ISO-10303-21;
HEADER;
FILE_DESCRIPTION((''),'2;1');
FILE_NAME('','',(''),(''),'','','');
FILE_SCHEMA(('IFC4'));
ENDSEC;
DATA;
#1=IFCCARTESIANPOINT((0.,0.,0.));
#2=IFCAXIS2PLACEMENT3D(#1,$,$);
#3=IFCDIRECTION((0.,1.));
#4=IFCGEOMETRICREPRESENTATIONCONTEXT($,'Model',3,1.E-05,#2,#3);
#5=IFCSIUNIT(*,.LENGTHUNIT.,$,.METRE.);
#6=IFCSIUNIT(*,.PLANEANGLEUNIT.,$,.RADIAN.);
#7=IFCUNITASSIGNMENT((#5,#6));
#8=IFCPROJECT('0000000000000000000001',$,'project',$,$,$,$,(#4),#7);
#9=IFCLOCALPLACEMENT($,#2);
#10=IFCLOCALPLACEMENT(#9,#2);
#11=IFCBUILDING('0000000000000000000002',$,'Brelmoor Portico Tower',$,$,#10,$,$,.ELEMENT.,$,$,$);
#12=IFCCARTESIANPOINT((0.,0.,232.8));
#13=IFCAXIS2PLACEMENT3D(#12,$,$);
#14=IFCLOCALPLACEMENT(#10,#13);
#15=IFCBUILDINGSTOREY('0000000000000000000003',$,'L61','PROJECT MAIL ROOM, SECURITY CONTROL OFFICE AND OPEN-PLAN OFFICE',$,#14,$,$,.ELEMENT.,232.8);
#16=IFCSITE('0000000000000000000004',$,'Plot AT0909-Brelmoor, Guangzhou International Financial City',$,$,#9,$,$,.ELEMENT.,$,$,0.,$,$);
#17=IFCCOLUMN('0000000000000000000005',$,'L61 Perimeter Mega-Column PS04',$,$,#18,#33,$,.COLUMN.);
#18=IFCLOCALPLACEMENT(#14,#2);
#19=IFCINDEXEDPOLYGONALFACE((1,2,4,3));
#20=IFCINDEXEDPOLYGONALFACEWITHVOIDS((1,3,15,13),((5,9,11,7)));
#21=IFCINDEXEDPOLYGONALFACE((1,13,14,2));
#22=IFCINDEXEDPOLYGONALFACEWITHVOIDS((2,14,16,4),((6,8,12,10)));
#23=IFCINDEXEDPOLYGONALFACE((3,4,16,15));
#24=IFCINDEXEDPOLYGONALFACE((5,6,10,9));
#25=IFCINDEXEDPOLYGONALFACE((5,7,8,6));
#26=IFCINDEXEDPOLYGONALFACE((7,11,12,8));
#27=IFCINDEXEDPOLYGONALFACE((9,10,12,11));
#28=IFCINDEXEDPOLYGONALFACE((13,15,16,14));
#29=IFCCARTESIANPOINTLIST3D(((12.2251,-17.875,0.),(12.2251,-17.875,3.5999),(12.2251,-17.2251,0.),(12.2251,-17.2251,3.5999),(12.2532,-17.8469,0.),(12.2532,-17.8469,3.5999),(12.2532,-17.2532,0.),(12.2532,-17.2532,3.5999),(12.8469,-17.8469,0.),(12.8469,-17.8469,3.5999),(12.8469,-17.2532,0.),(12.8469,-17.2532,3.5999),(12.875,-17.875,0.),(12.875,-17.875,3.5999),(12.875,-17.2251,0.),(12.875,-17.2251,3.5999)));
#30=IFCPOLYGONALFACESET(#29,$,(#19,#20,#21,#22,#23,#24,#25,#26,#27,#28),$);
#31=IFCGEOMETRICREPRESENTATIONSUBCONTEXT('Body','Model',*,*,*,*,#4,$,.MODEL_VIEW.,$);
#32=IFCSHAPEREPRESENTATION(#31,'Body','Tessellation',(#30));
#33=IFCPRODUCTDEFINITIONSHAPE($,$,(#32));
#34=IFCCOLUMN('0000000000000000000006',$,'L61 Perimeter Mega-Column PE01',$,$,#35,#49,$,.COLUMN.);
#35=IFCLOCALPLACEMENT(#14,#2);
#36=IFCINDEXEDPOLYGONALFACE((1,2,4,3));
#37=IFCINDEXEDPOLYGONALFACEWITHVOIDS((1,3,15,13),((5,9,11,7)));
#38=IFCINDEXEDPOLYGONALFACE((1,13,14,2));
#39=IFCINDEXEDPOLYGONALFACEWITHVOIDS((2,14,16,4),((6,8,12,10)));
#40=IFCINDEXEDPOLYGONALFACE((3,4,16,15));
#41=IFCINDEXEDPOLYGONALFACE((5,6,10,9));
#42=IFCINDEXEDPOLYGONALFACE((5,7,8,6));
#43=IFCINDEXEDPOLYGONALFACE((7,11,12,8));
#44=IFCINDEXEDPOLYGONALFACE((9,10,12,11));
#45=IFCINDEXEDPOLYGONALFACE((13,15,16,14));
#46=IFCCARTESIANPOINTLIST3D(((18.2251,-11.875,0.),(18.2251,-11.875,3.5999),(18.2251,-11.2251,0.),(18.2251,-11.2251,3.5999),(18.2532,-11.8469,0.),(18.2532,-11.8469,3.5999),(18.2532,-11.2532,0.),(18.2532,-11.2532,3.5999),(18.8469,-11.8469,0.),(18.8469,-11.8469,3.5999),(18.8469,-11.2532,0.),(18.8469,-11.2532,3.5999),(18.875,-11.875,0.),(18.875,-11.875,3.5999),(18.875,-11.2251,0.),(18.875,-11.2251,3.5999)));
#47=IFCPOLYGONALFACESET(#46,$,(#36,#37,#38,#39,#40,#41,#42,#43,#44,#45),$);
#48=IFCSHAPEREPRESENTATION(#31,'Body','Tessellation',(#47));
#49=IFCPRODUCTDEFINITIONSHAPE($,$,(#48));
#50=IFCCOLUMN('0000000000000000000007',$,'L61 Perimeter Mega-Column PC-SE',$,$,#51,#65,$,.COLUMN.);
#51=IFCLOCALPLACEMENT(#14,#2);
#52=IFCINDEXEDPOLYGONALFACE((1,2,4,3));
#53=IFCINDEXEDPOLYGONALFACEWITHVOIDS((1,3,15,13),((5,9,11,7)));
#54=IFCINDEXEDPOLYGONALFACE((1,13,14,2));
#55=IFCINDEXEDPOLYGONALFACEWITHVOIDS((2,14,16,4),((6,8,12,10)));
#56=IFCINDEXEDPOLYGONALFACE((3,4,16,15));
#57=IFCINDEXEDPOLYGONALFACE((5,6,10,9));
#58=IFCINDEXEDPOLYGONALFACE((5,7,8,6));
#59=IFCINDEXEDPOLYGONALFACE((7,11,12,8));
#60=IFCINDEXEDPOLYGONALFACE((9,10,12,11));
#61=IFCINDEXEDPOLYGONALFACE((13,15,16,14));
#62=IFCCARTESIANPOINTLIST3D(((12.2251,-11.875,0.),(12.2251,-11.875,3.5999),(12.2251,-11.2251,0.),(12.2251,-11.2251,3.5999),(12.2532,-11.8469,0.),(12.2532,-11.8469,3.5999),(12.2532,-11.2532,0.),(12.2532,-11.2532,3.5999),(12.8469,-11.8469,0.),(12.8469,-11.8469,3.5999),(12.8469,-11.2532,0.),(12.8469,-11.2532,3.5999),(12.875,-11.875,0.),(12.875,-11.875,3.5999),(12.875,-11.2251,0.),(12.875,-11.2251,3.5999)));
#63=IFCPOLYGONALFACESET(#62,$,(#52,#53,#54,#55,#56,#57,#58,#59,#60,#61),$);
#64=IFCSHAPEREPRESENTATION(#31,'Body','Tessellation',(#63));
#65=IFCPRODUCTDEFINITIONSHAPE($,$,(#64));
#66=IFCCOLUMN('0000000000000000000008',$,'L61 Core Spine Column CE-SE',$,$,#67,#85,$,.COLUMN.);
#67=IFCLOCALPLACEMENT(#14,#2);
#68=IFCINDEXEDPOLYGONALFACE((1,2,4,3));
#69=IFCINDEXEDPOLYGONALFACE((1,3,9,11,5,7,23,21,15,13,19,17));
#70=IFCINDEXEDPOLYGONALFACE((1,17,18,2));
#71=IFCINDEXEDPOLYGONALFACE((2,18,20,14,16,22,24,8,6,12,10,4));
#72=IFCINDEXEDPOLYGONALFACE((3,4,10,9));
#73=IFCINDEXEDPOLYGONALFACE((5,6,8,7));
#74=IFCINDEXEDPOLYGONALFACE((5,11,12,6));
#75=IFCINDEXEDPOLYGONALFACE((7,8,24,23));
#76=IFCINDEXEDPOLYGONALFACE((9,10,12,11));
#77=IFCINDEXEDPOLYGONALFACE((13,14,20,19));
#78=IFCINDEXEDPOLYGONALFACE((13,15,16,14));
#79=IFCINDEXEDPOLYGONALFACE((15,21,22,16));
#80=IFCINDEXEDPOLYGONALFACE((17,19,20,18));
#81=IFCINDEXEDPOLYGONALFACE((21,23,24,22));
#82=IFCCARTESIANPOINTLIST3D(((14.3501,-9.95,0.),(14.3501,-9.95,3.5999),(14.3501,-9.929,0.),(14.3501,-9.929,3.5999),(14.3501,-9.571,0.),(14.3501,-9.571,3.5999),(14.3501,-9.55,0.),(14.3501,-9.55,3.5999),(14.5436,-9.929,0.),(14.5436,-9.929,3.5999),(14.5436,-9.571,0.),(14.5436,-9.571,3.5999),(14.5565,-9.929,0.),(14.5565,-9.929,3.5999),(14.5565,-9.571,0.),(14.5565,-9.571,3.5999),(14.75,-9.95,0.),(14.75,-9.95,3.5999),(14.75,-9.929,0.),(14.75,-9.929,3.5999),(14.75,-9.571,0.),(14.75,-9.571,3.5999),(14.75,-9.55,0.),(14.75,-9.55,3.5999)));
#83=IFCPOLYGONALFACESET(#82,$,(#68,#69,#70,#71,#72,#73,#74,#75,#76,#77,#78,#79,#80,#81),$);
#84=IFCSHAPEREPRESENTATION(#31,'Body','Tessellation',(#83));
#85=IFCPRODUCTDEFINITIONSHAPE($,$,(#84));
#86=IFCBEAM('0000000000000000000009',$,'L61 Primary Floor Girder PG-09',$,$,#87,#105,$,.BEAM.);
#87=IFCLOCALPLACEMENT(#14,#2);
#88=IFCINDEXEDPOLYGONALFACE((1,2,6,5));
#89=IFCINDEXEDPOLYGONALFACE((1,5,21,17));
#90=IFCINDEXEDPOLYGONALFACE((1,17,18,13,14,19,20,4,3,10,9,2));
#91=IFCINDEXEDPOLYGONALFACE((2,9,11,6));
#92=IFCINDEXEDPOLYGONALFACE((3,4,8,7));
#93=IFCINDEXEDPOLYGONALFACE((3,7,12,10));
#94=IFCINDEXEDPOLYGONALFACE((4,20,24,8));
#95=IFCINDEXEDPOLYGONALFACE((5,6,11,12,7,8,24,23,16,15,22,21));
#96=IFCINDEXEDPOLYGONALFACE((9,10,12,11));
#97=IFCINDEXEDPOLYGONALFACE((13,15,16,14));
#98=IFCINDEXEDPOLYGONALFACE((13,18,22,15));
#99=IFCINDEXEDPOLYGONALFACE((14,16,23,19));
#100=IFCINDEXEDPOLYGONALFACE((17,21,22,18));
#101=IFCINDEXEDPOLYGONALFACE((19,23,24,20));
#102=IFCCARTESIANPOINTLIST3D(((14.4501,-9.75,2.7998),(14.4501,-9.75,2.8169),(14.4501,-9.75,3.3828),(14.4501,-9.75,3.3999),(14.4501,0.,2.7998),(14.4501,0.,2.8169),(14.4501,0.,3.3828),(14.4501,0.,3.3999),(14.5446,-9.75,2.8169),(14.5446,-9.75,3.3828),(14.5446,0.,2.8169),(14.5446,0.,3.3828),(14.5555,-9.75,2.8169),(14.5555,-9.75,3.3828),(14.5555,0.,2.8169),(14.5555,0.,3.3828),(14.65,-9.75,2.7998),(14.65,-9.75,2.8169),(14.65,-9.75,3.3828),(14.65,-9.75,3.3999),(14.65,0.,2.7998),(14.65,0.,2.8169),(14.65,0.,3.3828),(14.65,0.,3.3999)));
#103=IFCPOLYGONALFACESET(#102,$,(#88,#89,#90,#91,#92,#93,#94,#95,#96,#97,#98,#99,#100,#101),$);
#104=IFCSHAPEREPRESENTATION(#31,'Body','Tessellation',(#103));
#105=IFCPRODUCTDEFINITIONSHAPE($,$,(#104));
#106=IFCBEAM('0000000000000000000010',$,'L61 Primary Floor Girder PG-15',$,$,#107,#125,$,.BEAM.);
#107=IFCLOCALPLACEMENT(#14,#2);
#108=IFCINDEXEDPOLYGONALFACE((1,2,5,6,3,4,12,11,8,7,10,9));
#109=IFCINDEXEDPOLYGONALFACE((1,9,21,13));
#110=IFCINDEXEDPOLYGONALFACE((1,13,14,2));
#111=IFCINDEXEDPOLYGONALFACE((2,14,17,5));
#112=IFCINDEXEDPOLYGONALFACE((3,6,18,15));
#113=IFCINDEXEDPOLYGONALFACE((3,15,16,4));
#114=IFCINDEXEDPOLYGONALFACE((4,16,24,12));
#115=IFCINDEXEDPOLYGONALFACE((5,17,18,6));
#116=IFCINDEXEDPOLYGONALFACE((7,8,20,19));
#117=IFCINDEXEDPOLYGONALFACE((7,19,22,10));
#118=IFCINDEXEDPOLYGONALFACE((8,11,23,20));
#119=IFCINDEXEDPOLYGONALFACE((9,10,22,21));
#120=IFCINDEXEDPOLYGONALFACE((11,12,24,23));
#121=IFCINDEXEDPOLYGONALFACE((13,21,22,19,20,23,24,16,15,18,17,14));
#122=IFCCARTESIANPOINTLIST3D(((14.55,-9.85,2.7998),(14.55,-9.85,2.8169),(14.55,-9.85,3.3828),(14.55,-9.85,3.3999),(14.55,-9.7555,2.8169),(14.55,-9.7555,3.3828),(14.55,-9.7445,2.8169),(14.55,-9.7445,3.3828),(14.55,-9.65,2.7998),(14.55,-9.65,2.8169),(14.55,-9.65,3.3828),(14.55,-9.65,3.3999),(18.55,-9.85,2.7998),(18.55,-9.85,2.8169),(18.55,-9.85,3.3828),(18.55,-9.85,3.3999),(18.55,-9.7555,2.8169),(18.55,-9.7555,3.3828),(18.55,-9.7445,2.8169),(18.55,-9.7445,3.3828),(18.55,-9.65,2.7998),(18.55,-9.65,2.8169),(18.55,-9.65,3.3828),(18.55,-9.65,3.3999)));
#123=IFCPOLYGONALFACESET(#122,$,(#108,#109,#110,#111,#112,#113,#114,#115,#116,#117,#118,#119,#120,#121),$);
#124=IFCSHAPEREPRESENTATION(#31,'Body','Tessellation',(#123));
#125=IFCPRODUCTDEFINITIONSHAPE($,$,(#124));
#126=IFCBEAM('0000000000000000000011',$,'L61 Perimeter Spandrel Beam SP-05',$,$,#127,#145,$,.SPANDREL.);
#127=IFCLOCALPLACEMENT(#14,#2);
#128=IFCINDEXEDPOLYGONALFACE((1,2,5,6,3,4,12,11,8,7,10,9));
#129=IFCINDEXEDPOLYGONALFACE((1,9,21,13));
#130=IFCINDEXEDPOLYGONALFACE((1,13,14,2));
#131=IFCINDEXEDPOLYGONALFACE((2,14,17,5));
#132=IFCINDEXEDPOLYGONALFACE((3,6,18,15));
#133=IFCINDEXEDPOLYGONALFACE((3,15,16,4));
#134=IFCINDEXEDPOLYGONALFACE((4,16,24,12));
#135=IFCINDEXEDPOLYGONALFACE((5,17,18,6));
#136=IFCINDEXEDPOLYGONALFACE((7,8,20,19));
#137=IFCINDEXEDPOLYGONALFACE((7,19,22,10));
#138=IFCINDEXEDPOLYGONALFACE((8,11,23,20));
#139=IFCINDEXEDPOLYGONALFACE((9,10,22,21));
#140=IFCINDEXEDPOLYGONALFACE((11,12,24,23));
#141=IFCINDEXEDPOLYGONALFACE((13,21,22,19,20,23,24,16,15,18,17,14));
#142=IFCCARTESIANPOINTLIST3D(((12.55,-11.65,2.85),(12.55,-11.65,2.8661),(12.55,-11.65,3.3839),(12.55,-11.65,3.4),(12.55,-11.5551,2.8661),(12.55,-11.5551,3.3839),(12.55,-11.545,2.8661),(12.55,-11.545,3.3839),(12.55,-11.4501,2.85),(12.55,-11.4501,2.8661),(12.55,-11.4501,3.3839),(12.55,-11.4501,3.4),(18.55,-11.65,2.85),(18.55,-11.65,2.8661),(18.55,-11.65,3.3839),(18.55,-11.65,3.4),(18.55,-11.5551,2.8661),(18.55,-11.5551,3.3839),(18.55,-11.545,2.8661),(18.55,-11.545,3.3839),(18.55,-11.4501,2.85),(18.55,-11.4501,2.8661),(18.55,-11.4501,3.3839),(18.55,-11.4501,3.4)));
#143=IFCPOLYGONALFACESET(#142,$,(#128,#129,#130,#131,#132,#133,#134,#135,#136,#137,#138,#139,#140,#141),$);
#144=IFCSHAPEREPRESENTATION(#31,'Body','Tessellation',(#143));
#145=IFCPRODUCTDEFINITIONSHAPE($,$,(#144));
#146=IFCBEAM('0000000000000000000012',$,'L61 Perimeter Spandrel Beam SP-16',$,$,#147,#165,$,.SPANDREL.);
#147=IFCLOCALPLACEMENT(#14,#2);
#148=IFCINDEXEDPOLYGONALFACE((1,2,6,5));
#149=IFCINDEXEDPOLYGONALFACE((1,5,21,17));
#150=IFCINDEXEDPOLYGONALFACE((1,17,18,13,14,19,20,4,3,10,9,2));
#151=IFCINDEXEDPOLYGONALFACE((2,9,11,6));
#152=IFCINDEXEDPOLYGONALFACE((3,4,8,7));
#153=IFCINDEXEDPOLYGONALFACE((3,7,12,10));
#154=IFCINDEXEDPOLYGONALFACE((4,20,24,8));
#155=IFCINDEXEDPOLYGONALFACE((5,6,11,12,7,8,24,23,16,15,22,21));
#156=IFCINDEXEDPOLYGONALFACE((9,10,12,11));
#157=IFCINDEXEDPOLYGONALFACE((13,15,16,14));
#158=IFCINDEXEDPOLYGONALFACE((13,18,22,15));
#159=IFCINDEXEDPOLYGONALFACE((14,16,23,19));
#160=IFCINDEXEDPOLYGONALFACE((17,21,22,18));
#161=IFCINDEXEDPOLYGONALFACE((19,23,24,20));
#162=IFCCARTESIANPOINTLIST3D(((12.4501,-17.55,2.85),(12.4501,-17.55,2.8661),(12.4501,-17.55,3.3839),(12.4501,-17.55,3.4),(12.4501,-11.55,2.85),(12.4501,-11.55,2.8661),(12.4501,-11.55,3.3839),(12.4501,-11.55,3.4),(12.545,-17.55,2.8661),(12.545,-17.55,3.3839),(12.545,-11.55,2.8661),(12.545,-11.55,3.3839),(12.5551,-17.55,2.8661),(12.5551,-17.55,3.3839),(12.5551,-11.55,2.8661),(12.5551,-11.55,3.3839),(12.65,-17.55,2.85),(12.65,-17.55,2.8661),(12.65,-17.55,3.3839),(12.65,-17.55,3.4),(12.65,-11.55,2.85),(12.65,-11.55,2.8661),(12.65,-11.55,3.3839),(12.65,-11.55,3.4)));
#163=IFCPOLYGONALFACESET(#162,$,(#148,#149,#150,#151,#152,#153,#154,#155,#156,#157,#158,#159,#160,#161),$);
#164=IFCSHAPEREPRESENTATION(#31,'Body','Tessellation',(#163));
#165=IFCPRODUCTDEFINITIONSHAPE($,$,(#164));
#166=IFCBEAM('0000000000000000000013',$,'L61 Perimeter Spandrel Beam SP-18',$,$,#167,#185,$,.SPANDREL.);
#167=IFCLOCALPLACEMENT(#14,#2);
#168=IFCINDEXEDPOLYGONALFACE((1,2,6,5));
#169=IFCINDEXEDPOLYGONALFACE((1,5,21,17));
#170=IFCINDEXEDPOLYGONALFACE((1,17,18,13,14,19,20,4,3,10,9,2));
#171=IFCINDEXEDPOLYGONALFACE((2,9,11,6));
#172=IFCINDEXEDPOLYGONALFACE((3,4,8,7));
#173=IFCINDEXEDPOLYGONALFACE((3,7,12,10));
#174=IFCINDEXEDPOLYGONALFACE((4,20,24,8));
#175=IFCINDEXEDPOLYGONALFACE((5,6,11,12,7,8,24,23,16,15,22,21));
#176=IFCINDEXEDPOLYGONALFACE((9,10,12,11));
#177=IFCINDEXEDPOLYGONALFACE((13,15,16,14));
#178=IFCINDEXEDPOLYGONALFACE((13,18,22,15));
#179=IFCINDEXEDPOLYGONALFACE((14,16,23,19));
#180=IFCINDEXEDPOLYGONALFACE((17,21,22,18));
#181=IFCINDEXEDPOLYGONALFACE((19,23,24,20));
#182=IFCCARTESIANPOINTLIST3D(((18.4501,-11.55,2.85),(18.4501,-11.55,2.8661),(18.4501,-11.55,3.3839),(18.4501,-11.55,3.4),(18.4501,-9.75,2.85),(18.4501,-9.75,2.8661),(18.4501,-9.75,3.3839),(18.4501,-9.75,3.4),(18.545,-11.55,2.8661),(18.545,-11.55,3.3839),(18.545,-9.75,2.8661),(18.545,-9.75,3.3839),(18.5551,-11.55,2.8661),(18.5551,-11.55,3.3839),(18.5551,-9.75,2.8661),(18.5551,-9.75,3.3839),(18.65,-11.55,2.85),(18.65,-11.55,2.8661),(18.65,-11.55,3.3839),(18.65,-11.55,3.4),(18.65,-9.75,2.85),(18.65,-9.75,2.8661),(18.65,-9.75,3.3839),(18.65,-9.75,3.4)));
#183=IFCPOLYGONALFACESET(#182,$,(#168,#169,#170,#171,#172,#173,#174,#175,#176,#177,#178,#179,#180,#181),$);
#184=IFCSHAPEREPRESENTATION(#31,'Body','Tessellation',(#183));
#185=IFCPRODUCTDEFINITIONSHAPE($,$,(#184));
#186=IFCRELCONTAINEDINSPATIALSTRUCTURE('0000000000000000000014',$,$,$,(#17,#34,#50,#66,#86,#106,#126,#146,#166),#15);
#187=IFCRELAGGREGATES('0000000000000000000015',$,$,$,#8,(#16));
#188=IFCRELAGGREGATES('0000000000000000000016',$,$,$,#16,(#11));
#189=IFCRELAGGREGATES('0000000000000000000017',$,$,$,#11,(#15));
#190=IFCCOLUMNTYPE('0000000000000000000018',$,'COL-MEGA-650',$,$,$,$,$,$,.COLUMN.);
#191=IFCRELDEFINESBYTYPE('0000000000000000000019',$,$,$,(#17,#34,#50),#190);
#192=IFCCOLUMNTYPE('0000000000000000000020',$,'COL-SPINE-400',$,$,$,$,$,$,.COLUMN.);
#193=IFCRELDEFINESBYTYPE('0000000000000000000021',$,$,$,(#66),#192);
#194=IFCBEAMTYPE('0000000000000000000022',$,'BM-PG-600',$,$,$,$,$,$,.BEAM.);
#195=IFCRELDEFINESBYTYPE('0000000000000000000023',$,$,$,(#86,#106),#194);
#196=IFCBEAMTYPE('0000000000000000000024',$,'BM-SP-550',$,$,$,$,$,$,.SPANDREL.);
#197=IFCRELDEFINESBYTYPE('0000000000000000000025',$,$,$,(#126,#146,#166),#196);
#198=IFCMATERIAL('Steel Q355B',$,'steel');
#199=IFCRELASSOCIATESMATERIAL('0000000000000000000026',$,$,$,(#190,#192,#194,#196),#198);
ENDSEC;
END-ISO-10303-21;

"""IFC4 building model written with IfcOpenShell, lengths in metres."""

from ifc_helpers import new_model, si_unit, direction, frame, origin, origin_2d, place, context, subcontext, project, spatial, hollow_rectangle, i_section, extrude, material, material_profile, profile_set, type_object, element, save


model = new_model("IFC4")

# Units and contexts
model_context = context("Model", 3, precision=1e-05, world=origin(), true_north=direction((0.0, 1.0)))
body_context = subcontext(model_context, "Body", "Model", "MODEL_VIEW")
ifc_project = project(units=[si_unit("LENGTHUNIT", "METRE"), si_unit("PLANEANGLEUNIT", "RADIAN")], contexts=[model_context])

# Site, building, storey
site_placement = place(None, origin())
site = spatial("IfcSite", under=ifc_project, at=site_placement, Name="Plot AT0909-Brelmoor, Guangzhou International Financial City", CompositionType="ELEMENT", RefElevation=0.0)
building_placement = place(site_placement, origin())
building = spatial("IfcBuilding", under=site, at=building_placement, Name="Brelmoor Portico Tower", CompositionType="ELEMENT")
storey_placement = place(building_placement, frame((0.0, 0.0, 232.8)))
storey = spatial("IfcBuildingStorey", under=building, at=storey_placement, Name="L61", Description="PROJECT MAIL ROOM, SECURITY CONTROL OFFICE AND OPEN-PLAN OFFICE", CompositionType="ELEMENT", Elevation=232.8)

# Columns
ifc_material_1 = material(Name="Steel Q355B", Category="steel")
ifc_material_profile_1 = material_profile(ifc_material_1, hollow_rectangle(XDim=0.6499, YDim=0.6499, WallThickness=0.0281, at=origin_2d()), Name="BOX 650x650x28")
ifc_profile_set_1 = profile_set([ifc_material_profile_1], Name="Steel Q355B")
column_type_1 = type_object("IfcColumnType", Name="COL-MEGA-650", PredefinedType="COLUMN", material=ifc_profile_set_1)
for number, where, z_axis, x_axis, name in (
    (1, (12.55, -17.55, 0.0), (0.0, 0.0, 1.0), (1.0, 0.0, 0.0), "L61 Perimeter Mega-Column PS04"),
    (2, (18.55, -11.55, 0.0), (0.0, 0.0, 1.0), (0.0, 1.0, 0.0), "L61 Perimeter Mega-Column PE01"),
    (3, (12.55, -11.55, 0.0), (0.0, 0.0, 1.0), (1.0, 0.0, 0.0), "L61 Perimeter Mega-Column PC-SE"),
):
    element("IfcColumn", number, at=place(storey_placement, frame(where, z_axis=z_axis, x_axis=x_axis)), inside=storey, type_object=column_type_1, Name=name, PredefinedType="COLUMN", context=body_context, shape_type="SweptSolid", body=[
        extrude(hollow_rectangle(XDim=0.6499, YDim=0.6499, WallThickness=0.0281, at=origin_2d()), origin(), (0.0, 0.0, 1.0), 3.5999),
    ])
ifc_material_profile_2 = material_profile(ifc_material_1, i_section(OverallWidth=0.3999, OverallDepth=0.3999, WebThickness=0.0129, FlangeThickness=0.021, at=origin_2d()), Name="HW 400x400x13x21")
ifc_profile_set_2 = profile_set([ifc_material_profile_2], Name="Steel Q355B")
column_type_2 = type_object("IfcColumnType", Name="COL-SPINE-400", PredefinedType="COLUMN", material=ifc_profile_set_2)
column_placement = place(storey_placement, frame((14.55, -9.75, 0.0), z_axis=(0.0, 0.0, 1.0), x_axis=(1.0, 0.0, 0.0)))
element("IfcColumn", 4, at=column_placement, inside=storey, type_object=column_type_2, Name="L61 Core Spine Column CE-SE", PredefinedType="COLUMN", context=body_context, shape_type="SweptSolid", body=[
    extrude(i_section(OverallWidth=0.3999, OverallDepth=0.3999, WebThickness=0.0129, FlangeThickness=0.021, at=origin_2d()), origin(), (0.0, 0.0, 1.0), 3.5999),
])

# Beams
ifc_material_profile_3 = material_profile(ifc_material_1, i_section(OverallWidth=0.2, OverallDepth=0.6001, WebThickness=0.011, FlangeThickness=0.0171, at=origin_2d()), Name="HN 600x200x11x17")
ifc_profile_set_3 = profile_set([ifc_material_profile_3], Name="Steel Q355B")
beam_type_1 = type_object("IfcBeamType", Name="BM-PG-600", PredefinedType="BEAM", material=ifc_profile_set_3)
beam_1_placement = place(storey_placement, frame((14.55, -9.75, 3.0999), z_axis=(0.0, 1.0, 0.0), x_axis=(-1.0, 0.0, 0.0)))
element("IfcBeam", 5, at=beam_1_placement, inside=storey, type_object=beam_type_1, Name="L61 Primary Floor Girder PG-09", PredefinedType="BEAM", context=body_context, shape_type="SweptSolid", body=[
    extrude(i_section(OverallWidth=0.2, OverallDepth=0.6001, WebThickness=0.011, FlangeThickness=0.0171, at=origin_2d()), origin(), (0.0, 0.0, 1.0), 9.75),
])
beam_2_placement = place(storey_placement, frame((14.55, -9.75, 3.0999), z_axis=(1.0, 0.0, 0.0), x_axis=(0.0, 1.0, 0.0)))
element("IfcBeam", 6, at=beam_2_placement, inside=storey, type_object=beam_type_1, Name="L61 Primary Floor Girder PG-15", PredefinedType="BEAM", context=body_context, shape_type="SweptSolid", body=[
    extrude(i_section(OverallWidth=0.2, OverallDepth=0.6001, WebThickness=0.011, FlangeThickness=0.0171, at=origin_2d()), origin(), (0.0, 0.0, 1.0), 4.0),
])
ifc_material_profile_4 = material_profile(ifc_material_1, i_section(OverallWidth=0.2, OverallDepth=0.55, WebThickness=0.01, FlangeThickness=0.0161, at=origin_2d()), Name="HN 550x200x10x16")
ifc_profile_set_4 = profile_set([ifc_material_profile_4], Name="Steel Q355B")
beam_type_2 = type_object("IfcBeamType", Name="BM-SP-550", PredefinedType="SPANDREL", material=ifc_profile_set_4)
for number, where, z_axis, x_axis, name in (
    (7, (12.55, -11.55, 3.125), (1.0, 0.0, 0.0), (0.0, 1.0, 0.0), "L61 Perimeter Spandrel Beam SP-05"),
    (8, (12.55, -17.55, 3.125), (0.0, 1.0, 0.0), (-1.0, 0.0, 0.0), "L61 Perimeter Spandrel Beam SP-16"),
):
    element("IfcBeam", number, at=place(storey_placement, frame(where, z_axis=z_axis, x_axis=x_axis)), inside=storey, type_object=beam_type_2, Name=name, PredefinedType="SPANDREL", context=body_context, shape_type="SweptSolid", body=[
        extrude(i_section(OverallWidth=0.2, OverallDepth=0.55, WebThickness=0.01, FlangeThickness=0.0161, at=origin_2d()), origin(), (0.0, 0.0, 1.0), 6.0),
    ])
beam_3_placement = place(storey_placement, frame((18.55, -11.55, 3.125), z_axis=(0.0, 1.0, 0.0), x_axis=(-1.0, 0.0, 0.0)))
element("IfcBeam", 9, at=beam_3_placement, inside=storey, type_object=beam_type_2, Name="L61 Perimeter Spandrel Beam SP-18", PredefinedType="SPANDREL", context=body_context, shape_type="SweptSolid", body=[
    extrude(i_section(OverallWidth=0.2, OverallDepth=0.55, WebThickness=0.01, FlangeThickness=0.0161, at=origin_2d()), origin(), (0.0, 0.0, 1.0), 1.8),
])

save(model, "model.ifc")
